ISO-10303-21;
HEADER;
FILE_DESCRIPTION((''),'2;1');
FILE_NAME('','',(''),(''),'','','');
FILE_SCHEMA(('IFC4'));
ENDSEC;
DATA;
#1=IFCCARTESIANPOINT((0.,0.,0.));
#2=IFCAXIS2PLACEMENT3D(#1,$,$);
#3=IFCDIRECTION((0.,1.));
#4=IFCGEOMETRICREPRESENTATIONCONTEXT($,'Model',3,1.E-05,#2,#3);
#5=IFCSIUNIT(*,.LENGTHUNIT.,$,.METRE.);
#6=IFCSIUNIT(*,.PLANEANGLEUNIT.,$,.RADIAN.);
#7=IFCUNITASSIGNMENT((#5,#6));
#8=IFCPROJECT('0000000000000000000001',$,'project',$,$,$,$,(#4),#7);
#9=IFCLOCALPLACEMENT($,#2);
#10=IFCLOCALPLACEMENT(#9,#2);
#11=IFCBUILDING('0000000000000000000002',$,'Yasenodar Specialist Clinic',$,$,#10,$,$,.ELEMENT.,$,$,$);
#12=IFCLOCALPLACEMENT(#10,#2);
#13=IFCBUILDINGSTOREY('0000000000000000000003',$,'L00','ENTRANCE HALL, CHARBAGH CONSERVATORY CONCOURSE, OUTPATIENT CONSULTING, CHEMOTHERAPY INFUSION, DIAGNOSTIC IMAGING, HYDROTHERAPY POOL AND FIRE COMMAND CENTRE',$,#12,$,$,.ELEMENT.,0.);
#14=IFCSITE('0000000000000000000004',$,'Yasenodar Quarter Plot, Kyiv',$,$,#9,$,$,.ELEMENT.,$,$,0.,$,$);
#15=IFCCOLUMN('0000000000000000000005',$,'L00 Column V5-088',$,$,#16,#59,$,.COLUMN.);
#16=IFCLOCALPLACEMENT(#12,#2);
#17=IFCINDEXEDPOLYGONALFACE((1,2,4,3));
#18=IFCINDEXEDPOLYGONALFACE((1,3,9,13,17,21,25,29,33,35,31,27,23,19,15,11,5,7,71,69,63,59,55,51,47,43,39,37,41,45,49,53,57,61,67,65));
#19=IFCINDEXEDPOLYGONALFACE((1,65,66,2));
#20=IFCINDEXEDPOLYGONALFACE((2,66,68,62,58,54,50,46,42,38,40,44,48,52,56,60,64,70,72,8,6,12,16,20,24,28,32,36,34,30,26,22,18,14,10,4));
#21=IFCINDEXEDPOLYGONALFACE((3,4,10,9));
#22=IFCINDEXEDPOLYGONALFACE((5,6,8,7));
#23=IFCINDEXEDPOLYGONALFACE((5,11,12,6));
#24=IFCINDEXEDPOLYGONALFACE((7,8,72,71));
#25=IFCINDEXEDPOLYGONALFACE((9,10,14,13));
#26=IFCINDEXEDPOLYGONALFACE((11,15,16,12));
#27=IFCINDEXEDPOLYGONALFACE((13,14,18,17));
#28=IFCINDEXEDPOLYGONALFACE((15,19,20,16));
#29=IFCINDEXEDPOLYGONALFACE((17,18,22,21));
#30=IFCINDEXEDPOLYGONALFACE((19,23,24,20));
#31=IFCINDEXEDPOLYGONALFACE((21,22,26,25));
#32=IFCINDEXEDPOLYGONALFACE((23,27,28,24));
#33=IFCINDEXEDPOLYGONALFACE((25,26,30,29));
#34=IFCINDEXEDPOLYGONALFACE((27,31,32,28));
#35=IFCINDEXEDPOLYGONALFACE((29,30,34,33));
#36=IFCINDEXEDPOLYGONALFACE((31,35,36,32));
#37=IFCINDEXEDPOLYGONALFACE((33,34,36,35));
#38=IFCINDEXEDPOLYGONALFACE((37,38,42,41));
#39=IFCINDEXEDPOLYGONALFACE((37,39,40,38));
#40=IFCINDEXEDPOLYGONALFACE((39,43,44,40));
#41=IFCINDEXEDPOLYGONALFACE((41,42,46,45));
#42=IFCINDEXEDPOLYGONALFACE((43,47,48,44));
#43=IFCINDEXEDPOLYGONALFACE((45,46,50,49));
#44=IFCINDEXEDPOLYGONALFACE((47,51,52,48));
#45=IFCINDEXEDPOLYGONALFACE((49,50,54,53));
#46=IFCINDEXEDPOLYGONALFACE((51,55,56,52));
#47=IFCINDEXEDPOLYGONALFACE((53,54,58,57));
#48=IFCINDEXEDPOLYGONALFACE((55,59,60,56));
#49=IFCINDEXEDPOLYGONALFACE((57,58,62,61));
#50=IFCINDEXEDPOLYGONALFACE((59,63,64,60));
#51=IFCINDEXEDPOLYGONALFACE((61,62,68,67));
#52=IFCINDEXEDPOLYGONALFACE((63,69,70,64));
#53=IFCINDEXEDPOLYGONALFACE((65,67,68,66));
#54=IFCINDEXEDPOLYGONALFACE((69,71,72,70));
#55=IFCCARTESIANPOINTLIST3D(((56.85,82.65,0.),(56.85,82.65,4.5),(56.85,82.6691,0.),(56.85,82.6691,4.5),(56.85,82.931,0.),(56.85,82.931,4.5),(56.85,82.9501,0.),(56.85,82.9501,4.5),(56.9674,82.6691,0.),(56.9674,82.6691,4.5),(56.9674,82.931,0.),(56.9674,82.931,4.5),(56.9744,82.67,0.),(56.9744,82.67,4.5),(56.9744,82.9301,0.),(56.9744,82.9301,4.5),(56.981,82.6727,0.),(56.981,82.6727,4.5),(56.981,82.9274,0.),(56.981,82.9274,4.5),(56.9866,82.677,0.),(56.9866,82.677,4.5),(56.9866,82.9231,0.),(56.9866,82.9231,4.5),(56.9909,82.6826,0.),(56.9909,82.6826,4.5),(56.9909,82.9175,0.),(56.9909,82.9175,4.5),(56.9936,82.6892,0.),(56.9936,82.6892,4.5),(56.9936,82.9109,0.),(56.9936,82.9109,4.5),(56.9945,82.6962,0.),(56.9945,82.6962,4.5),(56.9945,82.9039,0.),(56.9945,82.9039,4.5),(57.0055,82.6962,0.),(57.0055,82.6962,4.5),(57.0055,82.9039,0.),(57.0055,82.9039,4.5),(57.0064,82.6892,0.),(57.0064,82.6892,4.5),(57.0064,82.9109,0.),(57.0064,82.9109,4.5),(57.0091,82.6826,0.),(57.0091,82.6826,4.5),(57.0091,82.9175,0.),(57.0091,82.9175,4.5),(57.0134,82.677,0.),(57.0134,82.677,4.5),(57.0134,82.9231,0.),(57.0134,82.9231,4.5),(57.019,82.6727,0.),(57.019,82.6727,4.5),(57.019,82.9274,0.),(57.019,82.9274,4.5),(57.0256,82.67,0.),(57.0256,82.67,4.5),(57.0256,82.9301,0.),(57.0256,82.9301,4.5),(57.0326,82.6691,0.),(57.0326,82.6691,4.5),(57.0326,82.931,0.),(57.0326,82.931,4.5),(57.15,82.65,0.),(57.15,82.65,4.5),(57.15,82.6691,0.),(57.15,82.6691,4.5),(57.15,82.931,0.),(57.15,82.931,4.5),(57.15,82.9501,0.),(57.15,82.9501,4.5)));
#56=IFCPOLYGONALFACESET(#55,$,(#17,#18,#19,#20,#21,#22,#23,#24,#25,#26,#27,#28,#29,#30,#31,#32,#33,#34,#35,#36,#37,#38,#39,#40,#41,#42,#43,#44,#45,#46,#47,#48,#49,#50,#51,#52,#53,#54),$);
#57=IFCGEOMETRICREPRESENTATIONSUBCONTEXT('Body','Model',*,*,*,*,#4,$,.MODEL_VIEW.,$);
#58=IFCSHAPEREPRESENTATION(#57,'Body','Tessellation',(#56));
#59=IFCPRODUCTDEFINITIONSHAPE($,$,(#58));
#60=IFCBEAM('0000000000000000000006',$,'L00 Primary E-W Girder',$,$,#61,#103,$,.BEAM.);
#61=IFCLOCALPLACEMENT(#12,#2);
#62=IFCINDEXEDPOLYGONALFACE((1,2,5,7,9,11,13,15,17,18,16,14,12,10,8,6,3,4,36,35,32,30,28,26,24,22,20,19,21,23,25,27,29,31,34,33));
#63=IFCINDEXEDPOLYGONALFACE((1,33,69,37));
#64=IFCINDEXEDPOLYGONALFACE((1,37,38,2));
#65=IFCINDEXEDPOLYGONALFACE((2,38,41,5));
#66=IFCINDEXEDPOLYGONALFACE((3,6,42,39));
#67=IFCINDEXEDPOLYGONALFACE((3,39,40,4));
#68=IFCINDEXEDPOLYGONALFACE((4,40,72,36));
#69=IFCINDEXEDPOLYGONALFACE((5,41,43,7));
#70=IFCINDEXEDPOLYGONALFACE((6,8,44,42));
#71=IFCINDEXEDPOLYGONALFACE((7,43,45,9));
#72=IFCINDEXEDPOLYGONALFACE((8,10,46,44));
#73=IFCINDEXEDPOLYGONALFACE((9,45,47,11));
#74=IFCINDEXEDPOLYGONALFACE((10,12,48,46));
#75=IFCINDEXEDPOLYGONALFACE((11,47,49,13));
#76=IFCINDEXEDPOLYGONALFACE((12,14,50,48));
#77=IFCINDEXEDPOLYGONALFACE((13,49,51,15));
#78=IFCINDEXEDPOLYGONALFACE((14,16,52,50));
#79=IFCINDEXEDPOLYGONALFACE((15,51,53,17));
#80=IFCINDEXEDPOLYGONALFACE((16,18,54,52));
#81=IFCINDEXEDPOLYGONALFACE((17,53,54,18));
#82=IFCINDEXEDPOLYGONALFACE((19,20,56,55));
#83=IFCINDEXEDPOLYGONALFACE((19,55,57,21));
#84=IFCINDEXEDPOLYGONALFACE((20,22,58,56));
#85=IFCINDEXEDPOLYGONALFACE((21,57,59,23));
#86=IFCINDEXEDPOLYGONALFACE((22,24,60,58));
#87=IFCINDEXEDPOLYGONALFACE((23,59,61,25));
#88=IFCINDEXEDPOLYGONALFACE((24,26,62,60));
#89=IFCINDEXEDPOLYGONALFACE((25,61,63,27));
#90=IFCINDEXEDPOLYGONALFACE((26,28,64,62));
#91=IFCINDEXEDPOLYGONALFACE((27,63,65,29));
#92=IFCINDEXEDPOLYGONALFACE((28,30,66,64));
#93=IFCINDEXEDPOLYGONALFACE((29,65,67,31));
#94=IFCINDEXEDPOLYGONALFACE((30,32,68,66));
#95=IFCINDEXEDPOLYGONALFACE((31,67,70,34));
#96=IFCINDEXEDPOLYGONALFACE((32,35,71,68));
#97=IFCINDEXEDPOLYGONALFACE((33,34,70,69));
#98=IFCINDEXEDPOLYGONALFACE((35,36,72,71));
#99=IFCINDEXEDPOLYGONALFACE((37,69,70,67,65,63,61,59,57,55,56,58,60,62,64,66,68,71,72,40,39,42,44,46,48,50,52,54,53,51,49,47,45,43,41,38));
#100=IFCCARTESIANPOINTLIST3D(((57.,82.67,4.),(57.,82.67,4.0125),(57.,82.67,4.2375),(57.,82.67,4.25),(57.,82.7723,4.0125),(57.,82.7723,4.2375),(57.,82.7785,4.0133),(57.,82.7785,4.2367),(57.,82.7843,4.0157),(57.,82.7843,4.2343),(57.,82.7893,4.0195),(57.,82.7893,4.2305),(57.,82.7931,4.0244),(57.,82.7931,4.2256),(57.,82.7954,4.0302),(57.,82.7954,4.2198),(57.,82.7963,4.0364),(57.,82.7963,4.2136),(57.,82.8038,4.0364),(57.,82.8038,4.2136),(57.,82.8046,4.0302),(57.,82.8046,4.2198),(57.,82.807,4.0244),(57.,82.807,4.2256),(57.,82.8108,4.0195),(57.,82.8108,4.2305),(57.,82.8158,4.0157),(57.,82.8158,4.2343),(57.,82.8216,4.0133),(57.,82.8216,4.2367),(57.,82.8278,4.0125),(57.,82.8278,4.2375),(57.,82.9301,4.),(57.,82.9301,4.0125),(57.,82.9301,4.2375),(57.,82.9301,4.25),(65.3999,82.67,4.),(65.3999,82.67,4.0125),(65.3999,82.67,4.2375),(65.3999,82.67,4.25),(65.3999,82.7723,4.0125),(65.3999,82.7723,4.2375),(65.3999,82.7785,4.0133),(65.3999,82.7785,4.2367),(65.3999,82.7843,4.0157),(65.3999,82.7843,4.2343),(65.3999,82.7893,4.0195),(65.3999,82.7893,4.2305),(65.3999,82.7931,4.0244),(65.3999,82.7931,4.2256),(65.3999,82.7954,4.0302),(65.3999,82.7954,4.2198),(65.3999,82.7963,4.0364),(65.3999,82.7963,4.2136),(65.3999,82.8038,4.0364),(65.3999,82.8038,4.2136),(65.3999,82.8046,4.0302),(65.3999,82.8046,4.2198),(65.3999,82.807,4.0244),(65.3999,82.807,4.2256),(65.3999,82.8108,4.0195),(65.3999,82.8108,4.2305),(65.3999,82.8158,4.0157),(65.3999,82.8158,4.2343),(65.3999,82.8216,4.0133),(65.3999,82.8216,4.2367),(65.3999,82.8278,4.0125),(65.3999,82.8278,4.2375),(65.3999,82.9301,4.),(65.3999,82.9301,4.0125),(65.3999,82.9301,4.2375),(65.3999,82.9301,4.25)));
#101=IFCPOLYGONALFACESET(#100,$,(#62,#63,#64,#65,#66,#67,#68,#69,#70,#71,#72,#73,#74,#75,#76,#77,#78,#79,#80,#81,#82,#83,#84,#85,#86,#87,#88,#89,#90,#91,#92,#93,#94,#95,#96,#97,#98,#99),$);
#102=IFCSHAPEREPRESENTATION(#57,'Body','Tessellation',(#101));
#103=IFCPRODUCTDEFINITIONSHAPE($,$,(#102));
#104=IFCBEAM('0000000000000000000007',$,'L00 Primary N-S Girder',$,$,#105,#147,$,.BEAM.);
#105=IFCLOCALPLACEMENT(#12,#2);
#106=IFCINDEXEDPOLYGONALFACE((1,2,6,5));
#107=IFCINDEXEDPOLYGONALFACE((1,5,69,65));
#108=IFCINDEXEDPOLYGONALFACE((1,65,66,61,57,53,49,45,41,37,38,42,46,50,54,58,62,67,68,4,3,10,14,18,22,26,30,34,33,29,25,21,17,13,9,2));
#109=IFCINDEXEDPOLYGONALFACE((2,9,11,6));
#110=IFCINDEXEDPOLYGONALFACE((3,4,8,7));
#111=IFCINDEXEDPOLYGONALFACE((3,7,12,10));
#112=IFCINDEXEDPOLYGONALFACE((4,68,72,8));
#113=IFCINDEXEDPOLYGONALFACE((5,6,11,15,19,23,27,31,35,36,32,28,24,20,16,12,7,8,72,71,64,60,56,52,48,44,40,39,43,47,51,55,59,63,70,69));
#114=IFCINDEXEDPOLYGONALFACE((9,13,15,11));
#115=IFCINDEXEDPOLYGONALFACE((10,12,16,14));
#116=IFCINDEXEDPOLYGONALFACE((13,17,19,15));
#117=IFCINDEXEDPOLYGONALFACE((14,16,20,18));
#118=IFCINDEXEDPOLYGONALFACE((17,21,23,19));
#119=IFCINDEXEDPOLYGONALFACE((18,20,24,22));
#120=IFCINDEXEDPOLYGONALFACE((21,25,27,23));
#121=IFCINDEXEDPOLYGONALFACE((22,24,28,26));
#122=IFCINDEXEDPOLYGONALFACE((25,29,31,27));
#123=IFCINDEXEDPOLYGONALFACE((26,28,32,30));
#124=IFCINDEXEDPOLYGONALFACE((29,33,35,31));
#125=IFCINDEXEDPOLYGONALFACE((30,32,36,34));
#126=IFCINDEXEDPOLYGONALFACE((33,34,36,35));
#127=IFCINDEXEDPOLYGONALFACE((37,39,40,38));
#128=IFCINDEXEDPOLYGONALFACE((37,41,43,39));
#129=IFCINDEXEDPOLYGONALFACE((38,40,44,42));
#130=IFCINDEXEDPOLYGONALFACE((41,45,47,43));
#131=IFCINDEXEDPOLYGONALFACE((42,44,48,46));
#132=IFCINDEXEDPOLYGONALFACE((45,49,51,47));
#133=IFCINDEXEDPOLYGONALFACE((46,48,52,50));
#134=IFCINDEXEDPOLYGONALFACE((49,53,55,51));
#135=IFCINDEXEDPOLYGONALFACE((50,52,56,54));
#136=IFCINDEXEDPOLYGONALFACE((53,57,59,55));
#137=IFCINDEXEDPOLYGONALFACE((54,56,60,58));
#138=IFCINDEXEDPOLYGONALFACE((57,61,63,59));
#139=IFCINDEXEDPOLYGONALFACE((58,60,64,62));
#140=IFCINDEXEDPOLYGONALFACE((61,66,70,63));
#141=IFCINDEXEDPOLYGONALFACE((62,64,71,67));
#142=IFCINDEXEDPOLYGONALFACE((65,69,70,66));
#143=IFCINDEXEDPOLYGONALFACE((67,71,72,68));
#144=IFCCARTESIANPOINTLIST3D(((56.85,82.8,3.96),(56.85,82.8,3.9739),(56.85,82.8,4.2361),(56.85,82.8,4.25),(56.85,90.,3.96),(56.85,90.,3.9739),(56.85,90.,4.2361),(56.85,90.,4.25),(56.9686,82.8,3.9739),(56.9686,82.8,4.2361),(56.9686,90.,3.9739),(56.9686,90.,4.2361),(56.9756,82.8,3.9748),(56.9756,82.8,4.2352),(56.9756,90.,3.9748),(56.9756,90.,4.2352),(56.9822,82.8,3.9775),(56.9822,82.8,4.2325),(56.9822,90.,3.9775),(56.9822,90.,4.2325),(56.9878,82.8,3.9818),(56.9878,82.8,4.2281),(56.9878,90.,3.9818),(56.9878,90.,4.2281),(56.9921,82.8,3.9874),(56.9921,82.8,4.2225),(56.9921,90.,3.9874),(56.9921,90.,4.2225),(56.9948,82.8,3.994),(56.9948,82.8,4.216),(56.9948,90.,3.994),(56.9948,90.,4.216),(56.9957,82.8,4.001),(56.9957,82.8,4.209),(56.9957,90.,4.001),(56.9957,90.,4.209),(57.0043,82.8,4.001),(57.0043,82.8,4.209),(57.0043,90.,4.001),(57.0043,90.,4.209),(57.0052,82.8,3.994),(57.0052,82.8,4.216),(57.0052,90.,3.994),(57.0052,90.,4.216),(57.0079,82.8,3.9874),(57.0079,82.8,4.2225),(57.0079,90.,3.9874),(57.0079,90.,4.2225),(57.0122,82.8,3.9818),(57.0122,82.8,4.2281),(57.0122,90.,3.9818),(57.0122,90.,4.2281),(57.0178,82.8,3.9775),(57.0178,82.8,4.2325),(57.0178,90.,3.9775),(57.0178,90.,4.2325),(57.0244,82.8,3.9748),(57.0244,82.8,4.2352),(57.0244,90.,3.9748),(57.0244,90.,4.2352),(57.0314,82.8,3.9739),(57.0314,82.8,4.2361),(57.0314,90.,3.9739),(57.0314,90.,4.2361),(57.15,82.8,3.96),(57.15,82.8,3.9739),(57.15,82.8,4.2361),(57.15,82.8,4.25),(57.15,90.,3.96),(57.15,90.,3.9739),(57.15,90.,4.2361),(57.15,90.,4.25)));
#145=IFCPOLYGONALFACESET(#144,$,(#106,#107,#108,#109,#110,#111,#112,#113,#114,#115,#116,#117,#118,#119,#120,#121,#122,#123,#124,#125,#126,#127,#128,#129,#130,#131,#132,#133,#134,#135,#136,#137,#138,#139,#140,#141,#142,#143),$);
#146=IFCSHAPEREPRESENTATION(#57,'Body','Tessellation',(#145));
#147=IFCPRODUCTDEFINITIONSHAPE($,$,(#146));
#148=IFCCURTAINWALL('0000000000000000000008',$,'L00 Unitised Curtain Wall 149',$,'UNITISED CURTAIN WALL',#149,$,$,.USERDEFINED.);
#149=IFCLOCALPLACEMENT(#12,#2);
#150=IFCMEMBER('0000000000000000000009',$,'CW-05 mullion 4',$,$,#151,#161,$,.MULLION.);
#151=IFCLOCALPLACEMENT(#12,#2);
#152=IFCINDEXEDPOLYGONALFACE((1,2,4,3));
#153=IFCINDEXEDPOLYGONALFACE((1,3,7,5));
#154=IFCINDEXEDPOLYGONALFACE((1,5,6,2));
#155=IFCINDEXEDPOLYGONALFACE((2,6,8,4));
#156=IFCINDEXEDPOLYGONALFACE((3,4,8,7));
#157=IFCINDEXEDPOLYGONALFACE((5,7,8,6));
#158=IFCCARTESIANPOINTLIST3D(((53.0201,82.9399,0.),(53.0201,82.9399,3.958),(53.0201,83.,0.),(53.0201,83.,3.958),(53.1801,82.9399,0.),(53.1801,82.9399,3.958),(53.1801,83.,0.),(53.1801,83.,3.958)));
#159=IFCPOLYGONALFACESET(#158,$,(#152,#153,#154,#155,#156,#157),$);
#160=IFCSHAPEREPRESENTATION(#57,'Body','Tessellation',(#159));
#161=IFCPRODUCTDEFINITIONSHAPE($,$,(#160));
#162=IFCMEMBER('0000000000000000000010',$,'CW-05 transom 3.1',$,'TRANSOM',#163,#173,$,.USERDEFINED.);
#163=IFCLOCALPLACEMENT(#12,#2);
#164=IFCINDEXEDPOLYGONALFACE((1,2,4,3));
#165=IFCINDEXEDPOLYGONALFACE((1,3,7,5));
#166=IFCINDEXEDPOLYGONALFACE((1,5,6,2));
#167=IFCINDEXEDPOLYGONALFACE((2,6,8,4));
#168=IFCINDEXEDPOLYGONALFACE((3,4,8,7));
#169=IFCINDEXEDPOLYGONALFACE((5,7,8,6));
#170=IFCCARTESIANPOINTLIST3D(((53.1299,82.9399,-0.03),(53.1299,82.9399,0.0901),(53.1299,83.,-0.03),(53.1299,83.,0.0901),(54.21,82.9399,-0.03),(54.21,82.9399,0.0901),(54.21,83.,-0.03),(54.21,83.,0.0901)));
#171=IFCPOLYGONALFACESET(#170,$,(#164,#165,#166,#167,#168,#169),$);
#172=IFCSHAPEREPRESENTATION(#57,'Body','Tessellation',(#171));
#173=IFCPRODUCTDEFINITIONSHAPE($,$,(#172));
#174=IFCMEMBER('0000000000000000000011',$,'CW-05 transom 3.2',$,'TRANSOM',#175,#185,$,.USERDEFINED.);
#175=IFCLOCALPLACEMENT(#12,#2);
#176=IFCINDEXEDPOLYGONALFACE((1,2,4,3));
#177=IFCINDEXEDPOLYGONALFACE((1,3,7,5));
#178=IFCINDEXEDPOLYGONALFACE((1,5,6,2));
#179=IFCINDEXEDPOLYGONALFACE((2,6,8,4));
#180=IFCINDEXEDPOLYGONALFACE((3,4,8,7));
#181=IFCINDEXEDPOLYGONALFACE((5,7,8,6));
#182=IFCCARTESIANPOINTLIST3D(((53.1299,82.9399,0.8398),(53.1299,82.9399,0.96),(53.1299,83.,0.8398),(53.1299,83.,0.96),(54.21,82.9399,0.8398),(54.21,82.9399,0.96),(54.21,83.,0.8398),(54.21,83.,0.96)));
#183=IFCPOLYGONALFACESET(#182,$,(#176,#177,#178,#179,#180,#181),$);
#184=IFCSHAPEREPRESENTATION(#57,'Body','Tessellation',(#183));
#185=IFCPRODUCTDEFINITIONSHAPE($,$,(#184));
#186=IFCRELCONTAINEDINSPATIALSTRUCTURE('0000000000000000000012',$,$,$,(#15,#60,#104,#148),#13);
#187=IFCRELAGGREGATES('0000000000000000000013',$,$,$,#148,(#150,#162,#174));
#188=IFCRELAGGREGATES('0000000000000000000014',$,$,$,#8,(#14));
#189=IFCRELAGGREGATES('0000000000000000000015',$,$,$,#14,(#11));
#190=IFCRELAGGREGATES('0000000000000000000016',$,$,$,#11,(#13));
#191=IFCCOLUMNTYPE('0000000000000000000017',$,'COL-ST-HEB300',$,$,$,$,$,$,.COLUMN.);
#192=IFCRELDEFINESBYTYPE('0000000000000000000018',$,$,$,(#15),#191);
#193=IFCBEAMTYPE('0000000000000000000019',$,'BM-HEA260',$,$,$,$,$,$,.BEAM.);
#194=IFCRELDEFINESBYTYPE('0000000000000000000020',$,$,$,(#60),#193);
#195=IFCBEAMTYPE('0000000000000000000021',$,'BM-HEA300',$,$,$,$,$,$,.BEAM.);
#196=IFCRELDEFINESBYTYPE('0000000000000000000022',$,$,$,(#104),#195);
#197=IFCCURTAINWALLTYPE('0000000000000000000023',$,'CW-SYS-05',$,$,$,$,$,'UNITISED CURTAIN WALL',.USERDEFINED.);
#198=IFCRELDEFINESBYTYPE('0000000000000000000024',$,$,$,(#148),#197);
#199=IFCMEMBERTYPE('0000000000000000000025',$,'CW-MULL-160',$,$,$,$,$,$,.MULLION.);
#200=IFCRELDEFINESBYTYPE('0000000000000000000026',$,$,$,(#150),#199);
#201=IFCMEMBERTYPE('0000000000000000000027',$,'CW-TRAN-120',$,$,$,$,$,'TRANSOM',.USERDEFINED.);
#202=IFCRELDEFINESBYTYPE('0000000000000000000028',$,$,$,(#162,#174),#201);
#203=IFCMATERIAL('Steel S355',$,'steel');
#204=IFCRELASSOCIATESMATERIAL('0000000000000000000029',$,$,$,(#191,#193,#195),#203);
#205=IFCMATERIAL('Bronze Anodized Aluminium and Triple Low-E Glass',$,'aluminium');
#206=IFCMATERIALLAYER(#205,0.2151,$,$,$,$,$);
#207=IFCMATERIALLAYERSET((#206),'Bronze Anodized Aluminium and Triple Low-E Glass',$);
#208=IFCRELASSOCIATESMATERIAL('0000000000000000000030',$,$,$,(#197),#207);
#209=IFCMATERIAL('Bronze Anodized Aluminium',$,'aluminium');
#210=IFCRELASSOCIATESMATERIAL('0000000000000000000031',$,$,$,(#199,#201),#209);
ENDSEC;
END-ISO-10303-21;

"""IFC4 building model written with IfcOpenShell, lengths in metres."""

from ifc_helpers import new_model, si_unit, direction, frame, origin, origin_2d, place, context, subcontext, project, spatial, rectangle, i_section, extrude, material, layer, layer_set, material_profile, profile_set, type_object, element, aggregate, save


model = new_model("IFC4")

# Units and contexts
model_context = context("Model", 3, precision=1e-05, world=origin(), true_north=direction((0.0, 1.0)))
body_context = subcontext(model_context, "Body", "Model", "MODEL_VIEW")
ifc_project = project(units=[si_unit("LENGTHUNIT", "METRE"), si_unit("PLANEANGLEUNIT", "RADIAN")], contexts=[model_context])

# Site, building, storey
site_placement = place(None, origin())
site = spatial("IfcSite", under=ifc_project, at=site_placement, Name="Yasenodar Quarter Plot, Kyiv", CompositionType="ELEMENT", RefElevation=0.0)
building_placement = place(site_placement, origin())
building = spatial("IfcBuilding", under=site, at=building_placement, Name="Yasenodar Specialist Clinic", CompositionType="ELEMENT")
storey_placement = place(building_placement, origin())
storey = spatial("IfcBuildingStorey", under=building, at=storey_placement, Name="L00", Description="ENTRANCE HALL, CHARBAGH CONSERVATORY CONCOURSE, OUTPATIENT CONSULTING, CHEMOTHERAPY INFUSION, DIAGNOSTIC IMAGING, HYDROTHERAPY POOL AND FIRE COMMAND CENTRE", CompositionType="ELEMENT", Elevation=0.0)

# Column
ifc_material_1 = material(Name="Steel S355", Category="steel")
ifc_material_profile_1 = material_profile(ifc_material_1, i_section(OverallWidth=0.3, OverallDepth=0.3, WebThickness=0.011, FlangeThickness=0.019, FilletRadius=0.0271, at=origin_2d()), Name="HEB 300")
ifc_profile_set_1 = profile_set([ifc_material_profile_1], Name="Steel S355")
column_type = type_object("IfcColumnType", Name="COL-ST-HEB300", PredefinedType="COLUMN", material=ifc_profile_set_1)
column_placement = place(storey_placement, frame((57.0, 82.8, 0.0), z_axis=(0.0, 0.0, 1.0), x_axis=(1.0, 0.0, 0.0)))
element("IfcColumn", 1, at=column_placement, inside=storey, type_object=column_type, Name="L00 Column V5-088", PredefinedType="COLUMN", context=body_context, shape_type="SweptSolid", body=[
    extrude(i_section(OverallWidth=0.3, OverallDepth=0.3, WebThickness=0.011, FlangeThickness=0.019, FilletRadius=0.0271, at=origin_2d()), origin(), (0.0, 0.0, 1.0), 4.5),
])

# Beams
ifc_material_profile_2 = material_profile(ifc_material_1, i_section(OverallWidth=0.26, OverallDepth=0.25, WebThickness=0.0076, FlangeThickness=0.0125, FilletRadius=0.0239, at=origin_2d()), Name="HEA 260")
ifc_profile_set_2 = profile_set([ifc_material_profile_2], Name="Steel S355")
beam_type_1 = type_object("IfcBeamType", Name="BM-HEA260", PredefinedType="BEAM", material=ifc_profile_set_2)
beam_1_placement = place(storey_placement, frame((57.0, 82.8, 4.125), z_axis=(1.0, 0.0, 0.0), x_axis=(0.0, 1.0, 0.0)))
element("IfcBeam", 2, at=beam_1_placement, inside=storey, type_object=beam_type_1, Name="L00 Primary E-W Girder", PredefinedType="BEAM", context=body_context, shape_type="SweptSolid", body=[
    extrude(i_section(OverallWidth=0.26, OverallDepth=0.25, WebThickness=0.0076, FlangeThickness=0.0125, FilletRadius=0.0239, at=origin_2d()), origin(), (0.0, 0.0, 1.0), 8.3999),
])
ifc_material_profile_3 = material_profile(ifc_material_1, i_section(OverallWidth=0.3, OverallDepth=0.29, WebThickness=0.0085, FlangeThickness=0.0139, FilletRadius=0.0271, at=origin_2d()), Name="HEA 300")
ifc_profile_set_3 = profile_set([ifc_material_profile_3], Name="Steel S355")
beam_type_2 = type_object("IfcBeamType", Name="BM-HEA300", PredefinedType="BEAM", material=ifc_profile_set_3)
beam_2_placement = place(storey_placement, frame((57.0, 82.8, 4.105), z_axis=(0.0, 1.0, 0.0), x_axis=(-1.0, 0.0, 0.0)))
element("IfcBeam", 3, at=beam_2_placement, inside=storey, type_object=beam_type_2, Name="L00 Primary N-S Girder", PredefinedType="BEAM", context=body_context, shape_type="SweptSolid", body=[
    extrude(i_section(OverallWidth=0.3, OverallDepth=0.29, WebThickness=0.0085, FlangeThickness=0.0139, FilletRadius=0.0271, at=origin_2d()), origin(), (0.0, 0.0, 1.0), 7.2),
])

# Curtain wall, members
ifc_material_2 = material(Name="Bronze Anodized Aluminium and Triple Low-E Glass", Category="aluminium")
ifc_layer_1 = layer(ifc_material_2, 0.2151)
ifc_layer_set_1 = layer_set([ifc_layer_1], Name="Bronze Anodized Aluminium and Triple Low-E Glass")
curtain_wall_type_1 = type_object("IfcCurtainWallType", Name="CW-SYS-05", ElementType="UNITISED CURTAIN WALL", PredefinedType="USERDEFINED", material=ifc_layer_set_1)
curtain_wall_1_placement = place(storey_placement, origin())
curtain_wall_1 = element("IfcCurtainWall", 4, at=curtain_wall_1_placement, inside=storey, type_object=curtain_wall_type_1, Name="L00 Unitised Curtain Wall 149", ObjectType="UNITISED CURTAIN WALL", PredefinedType="USERDEFINED")
ifc_material_3 = material(Name="Bronze Anodized Aluminium", Category="aluminium")
ifc_material_profile_4 = material_profile(ifc_material_3, rectangle(XDim=0.0601, YDim=0.1599, at=origin_2d()), Name="CW-MULL 60x160")
ifc_profile_set_4 = profile_set([ifc_material_profile_4], Name="Bronze Anodized Aluminium")
member_type_1 = type_object("IfcMemberType", Name="CW-MULL-160", PredefinedType="MULLION", material=ifc_profile_set_4)
member_1_placement = place(storey_placement, frame((53.1001, 82.97, 0.0), z_axis=(0.0, 0.0, 1.0), x_axis=(0.0, -1.0, 0.0)))
member_1 = element("IfcMember", 5, at=member_1_placement, type_object=member_type_1, Name="CW-05 mullion 4", PredefinedType="MULLION", context=body_context, shape_type="SweptSolid", body=[
    extrude(rectangle(XDim=0.0601, YDim=0.1599, at=origin_2d()), origin(), (0.0, 0.0, 1.0), 3.958),
])
ifc_material_profile_5 = material_profile(ifc_material_3, rectangle(XDim=0.0601, YDim=0.1201, at=origin_2d()), Name="CW-TRAN 60x120")
ifc_profile_set_5 = profile_set([ifc_material_profile_5], Name="Bronze Anodized Aluminium")
member_type_2 = type_object("IfcMemberType", Name="CW-TRAN-120", ElementType="TRANSOM", PredefinedType="USERDEFINED", material=ifc_profile_set_5)
member_2_placement = place(storey_placement, frame((54.21, 82.97, 0.03), z_axis=(-1.0, 0.0, 0.0), x_axis=(0.0, -1.0, 0.0)))
member_2 = element("IfcMember", 6, at=member_2_placement, type_object=member_type_2, Name="CW-05 transom 3.1", ObjectType="TRANSOM", PredefinedType="USERDEFINED", context=body_context, shape_type="SweptSolid", body=[
    extrude(rectangle(XDim=0.0601, YDim=0.1201, at=origin_2d()), origin(), (0.0, 0.0, 1.0), 1.0801),
])
member_3_placement = place(storey_placement, frame((54.21, 82.97, 0.8999), z_axis=(-1.0, 0.0, 0.0), x_axis=(0.0, -1.0, 0.0)))
member_3 = element("IfcMember", 7, at=member_3_placement, type_object=member_type_2, Name="CW-05 transom 3.2", ObjectType="TRANSOM", PredefinedType="USERDEFINED", context=body_context, shape_type="SweptSolid", body=[
    extrude(rectangle(XDim=0.0601, YDim=0.1201, at=origin_2d()), origin(), (0.0, 0.0, 1.0), 1.0801),
])

aggregate(curtain_wall_1, [member_1, member_2, member_3])

save(model, "model.ifc")
